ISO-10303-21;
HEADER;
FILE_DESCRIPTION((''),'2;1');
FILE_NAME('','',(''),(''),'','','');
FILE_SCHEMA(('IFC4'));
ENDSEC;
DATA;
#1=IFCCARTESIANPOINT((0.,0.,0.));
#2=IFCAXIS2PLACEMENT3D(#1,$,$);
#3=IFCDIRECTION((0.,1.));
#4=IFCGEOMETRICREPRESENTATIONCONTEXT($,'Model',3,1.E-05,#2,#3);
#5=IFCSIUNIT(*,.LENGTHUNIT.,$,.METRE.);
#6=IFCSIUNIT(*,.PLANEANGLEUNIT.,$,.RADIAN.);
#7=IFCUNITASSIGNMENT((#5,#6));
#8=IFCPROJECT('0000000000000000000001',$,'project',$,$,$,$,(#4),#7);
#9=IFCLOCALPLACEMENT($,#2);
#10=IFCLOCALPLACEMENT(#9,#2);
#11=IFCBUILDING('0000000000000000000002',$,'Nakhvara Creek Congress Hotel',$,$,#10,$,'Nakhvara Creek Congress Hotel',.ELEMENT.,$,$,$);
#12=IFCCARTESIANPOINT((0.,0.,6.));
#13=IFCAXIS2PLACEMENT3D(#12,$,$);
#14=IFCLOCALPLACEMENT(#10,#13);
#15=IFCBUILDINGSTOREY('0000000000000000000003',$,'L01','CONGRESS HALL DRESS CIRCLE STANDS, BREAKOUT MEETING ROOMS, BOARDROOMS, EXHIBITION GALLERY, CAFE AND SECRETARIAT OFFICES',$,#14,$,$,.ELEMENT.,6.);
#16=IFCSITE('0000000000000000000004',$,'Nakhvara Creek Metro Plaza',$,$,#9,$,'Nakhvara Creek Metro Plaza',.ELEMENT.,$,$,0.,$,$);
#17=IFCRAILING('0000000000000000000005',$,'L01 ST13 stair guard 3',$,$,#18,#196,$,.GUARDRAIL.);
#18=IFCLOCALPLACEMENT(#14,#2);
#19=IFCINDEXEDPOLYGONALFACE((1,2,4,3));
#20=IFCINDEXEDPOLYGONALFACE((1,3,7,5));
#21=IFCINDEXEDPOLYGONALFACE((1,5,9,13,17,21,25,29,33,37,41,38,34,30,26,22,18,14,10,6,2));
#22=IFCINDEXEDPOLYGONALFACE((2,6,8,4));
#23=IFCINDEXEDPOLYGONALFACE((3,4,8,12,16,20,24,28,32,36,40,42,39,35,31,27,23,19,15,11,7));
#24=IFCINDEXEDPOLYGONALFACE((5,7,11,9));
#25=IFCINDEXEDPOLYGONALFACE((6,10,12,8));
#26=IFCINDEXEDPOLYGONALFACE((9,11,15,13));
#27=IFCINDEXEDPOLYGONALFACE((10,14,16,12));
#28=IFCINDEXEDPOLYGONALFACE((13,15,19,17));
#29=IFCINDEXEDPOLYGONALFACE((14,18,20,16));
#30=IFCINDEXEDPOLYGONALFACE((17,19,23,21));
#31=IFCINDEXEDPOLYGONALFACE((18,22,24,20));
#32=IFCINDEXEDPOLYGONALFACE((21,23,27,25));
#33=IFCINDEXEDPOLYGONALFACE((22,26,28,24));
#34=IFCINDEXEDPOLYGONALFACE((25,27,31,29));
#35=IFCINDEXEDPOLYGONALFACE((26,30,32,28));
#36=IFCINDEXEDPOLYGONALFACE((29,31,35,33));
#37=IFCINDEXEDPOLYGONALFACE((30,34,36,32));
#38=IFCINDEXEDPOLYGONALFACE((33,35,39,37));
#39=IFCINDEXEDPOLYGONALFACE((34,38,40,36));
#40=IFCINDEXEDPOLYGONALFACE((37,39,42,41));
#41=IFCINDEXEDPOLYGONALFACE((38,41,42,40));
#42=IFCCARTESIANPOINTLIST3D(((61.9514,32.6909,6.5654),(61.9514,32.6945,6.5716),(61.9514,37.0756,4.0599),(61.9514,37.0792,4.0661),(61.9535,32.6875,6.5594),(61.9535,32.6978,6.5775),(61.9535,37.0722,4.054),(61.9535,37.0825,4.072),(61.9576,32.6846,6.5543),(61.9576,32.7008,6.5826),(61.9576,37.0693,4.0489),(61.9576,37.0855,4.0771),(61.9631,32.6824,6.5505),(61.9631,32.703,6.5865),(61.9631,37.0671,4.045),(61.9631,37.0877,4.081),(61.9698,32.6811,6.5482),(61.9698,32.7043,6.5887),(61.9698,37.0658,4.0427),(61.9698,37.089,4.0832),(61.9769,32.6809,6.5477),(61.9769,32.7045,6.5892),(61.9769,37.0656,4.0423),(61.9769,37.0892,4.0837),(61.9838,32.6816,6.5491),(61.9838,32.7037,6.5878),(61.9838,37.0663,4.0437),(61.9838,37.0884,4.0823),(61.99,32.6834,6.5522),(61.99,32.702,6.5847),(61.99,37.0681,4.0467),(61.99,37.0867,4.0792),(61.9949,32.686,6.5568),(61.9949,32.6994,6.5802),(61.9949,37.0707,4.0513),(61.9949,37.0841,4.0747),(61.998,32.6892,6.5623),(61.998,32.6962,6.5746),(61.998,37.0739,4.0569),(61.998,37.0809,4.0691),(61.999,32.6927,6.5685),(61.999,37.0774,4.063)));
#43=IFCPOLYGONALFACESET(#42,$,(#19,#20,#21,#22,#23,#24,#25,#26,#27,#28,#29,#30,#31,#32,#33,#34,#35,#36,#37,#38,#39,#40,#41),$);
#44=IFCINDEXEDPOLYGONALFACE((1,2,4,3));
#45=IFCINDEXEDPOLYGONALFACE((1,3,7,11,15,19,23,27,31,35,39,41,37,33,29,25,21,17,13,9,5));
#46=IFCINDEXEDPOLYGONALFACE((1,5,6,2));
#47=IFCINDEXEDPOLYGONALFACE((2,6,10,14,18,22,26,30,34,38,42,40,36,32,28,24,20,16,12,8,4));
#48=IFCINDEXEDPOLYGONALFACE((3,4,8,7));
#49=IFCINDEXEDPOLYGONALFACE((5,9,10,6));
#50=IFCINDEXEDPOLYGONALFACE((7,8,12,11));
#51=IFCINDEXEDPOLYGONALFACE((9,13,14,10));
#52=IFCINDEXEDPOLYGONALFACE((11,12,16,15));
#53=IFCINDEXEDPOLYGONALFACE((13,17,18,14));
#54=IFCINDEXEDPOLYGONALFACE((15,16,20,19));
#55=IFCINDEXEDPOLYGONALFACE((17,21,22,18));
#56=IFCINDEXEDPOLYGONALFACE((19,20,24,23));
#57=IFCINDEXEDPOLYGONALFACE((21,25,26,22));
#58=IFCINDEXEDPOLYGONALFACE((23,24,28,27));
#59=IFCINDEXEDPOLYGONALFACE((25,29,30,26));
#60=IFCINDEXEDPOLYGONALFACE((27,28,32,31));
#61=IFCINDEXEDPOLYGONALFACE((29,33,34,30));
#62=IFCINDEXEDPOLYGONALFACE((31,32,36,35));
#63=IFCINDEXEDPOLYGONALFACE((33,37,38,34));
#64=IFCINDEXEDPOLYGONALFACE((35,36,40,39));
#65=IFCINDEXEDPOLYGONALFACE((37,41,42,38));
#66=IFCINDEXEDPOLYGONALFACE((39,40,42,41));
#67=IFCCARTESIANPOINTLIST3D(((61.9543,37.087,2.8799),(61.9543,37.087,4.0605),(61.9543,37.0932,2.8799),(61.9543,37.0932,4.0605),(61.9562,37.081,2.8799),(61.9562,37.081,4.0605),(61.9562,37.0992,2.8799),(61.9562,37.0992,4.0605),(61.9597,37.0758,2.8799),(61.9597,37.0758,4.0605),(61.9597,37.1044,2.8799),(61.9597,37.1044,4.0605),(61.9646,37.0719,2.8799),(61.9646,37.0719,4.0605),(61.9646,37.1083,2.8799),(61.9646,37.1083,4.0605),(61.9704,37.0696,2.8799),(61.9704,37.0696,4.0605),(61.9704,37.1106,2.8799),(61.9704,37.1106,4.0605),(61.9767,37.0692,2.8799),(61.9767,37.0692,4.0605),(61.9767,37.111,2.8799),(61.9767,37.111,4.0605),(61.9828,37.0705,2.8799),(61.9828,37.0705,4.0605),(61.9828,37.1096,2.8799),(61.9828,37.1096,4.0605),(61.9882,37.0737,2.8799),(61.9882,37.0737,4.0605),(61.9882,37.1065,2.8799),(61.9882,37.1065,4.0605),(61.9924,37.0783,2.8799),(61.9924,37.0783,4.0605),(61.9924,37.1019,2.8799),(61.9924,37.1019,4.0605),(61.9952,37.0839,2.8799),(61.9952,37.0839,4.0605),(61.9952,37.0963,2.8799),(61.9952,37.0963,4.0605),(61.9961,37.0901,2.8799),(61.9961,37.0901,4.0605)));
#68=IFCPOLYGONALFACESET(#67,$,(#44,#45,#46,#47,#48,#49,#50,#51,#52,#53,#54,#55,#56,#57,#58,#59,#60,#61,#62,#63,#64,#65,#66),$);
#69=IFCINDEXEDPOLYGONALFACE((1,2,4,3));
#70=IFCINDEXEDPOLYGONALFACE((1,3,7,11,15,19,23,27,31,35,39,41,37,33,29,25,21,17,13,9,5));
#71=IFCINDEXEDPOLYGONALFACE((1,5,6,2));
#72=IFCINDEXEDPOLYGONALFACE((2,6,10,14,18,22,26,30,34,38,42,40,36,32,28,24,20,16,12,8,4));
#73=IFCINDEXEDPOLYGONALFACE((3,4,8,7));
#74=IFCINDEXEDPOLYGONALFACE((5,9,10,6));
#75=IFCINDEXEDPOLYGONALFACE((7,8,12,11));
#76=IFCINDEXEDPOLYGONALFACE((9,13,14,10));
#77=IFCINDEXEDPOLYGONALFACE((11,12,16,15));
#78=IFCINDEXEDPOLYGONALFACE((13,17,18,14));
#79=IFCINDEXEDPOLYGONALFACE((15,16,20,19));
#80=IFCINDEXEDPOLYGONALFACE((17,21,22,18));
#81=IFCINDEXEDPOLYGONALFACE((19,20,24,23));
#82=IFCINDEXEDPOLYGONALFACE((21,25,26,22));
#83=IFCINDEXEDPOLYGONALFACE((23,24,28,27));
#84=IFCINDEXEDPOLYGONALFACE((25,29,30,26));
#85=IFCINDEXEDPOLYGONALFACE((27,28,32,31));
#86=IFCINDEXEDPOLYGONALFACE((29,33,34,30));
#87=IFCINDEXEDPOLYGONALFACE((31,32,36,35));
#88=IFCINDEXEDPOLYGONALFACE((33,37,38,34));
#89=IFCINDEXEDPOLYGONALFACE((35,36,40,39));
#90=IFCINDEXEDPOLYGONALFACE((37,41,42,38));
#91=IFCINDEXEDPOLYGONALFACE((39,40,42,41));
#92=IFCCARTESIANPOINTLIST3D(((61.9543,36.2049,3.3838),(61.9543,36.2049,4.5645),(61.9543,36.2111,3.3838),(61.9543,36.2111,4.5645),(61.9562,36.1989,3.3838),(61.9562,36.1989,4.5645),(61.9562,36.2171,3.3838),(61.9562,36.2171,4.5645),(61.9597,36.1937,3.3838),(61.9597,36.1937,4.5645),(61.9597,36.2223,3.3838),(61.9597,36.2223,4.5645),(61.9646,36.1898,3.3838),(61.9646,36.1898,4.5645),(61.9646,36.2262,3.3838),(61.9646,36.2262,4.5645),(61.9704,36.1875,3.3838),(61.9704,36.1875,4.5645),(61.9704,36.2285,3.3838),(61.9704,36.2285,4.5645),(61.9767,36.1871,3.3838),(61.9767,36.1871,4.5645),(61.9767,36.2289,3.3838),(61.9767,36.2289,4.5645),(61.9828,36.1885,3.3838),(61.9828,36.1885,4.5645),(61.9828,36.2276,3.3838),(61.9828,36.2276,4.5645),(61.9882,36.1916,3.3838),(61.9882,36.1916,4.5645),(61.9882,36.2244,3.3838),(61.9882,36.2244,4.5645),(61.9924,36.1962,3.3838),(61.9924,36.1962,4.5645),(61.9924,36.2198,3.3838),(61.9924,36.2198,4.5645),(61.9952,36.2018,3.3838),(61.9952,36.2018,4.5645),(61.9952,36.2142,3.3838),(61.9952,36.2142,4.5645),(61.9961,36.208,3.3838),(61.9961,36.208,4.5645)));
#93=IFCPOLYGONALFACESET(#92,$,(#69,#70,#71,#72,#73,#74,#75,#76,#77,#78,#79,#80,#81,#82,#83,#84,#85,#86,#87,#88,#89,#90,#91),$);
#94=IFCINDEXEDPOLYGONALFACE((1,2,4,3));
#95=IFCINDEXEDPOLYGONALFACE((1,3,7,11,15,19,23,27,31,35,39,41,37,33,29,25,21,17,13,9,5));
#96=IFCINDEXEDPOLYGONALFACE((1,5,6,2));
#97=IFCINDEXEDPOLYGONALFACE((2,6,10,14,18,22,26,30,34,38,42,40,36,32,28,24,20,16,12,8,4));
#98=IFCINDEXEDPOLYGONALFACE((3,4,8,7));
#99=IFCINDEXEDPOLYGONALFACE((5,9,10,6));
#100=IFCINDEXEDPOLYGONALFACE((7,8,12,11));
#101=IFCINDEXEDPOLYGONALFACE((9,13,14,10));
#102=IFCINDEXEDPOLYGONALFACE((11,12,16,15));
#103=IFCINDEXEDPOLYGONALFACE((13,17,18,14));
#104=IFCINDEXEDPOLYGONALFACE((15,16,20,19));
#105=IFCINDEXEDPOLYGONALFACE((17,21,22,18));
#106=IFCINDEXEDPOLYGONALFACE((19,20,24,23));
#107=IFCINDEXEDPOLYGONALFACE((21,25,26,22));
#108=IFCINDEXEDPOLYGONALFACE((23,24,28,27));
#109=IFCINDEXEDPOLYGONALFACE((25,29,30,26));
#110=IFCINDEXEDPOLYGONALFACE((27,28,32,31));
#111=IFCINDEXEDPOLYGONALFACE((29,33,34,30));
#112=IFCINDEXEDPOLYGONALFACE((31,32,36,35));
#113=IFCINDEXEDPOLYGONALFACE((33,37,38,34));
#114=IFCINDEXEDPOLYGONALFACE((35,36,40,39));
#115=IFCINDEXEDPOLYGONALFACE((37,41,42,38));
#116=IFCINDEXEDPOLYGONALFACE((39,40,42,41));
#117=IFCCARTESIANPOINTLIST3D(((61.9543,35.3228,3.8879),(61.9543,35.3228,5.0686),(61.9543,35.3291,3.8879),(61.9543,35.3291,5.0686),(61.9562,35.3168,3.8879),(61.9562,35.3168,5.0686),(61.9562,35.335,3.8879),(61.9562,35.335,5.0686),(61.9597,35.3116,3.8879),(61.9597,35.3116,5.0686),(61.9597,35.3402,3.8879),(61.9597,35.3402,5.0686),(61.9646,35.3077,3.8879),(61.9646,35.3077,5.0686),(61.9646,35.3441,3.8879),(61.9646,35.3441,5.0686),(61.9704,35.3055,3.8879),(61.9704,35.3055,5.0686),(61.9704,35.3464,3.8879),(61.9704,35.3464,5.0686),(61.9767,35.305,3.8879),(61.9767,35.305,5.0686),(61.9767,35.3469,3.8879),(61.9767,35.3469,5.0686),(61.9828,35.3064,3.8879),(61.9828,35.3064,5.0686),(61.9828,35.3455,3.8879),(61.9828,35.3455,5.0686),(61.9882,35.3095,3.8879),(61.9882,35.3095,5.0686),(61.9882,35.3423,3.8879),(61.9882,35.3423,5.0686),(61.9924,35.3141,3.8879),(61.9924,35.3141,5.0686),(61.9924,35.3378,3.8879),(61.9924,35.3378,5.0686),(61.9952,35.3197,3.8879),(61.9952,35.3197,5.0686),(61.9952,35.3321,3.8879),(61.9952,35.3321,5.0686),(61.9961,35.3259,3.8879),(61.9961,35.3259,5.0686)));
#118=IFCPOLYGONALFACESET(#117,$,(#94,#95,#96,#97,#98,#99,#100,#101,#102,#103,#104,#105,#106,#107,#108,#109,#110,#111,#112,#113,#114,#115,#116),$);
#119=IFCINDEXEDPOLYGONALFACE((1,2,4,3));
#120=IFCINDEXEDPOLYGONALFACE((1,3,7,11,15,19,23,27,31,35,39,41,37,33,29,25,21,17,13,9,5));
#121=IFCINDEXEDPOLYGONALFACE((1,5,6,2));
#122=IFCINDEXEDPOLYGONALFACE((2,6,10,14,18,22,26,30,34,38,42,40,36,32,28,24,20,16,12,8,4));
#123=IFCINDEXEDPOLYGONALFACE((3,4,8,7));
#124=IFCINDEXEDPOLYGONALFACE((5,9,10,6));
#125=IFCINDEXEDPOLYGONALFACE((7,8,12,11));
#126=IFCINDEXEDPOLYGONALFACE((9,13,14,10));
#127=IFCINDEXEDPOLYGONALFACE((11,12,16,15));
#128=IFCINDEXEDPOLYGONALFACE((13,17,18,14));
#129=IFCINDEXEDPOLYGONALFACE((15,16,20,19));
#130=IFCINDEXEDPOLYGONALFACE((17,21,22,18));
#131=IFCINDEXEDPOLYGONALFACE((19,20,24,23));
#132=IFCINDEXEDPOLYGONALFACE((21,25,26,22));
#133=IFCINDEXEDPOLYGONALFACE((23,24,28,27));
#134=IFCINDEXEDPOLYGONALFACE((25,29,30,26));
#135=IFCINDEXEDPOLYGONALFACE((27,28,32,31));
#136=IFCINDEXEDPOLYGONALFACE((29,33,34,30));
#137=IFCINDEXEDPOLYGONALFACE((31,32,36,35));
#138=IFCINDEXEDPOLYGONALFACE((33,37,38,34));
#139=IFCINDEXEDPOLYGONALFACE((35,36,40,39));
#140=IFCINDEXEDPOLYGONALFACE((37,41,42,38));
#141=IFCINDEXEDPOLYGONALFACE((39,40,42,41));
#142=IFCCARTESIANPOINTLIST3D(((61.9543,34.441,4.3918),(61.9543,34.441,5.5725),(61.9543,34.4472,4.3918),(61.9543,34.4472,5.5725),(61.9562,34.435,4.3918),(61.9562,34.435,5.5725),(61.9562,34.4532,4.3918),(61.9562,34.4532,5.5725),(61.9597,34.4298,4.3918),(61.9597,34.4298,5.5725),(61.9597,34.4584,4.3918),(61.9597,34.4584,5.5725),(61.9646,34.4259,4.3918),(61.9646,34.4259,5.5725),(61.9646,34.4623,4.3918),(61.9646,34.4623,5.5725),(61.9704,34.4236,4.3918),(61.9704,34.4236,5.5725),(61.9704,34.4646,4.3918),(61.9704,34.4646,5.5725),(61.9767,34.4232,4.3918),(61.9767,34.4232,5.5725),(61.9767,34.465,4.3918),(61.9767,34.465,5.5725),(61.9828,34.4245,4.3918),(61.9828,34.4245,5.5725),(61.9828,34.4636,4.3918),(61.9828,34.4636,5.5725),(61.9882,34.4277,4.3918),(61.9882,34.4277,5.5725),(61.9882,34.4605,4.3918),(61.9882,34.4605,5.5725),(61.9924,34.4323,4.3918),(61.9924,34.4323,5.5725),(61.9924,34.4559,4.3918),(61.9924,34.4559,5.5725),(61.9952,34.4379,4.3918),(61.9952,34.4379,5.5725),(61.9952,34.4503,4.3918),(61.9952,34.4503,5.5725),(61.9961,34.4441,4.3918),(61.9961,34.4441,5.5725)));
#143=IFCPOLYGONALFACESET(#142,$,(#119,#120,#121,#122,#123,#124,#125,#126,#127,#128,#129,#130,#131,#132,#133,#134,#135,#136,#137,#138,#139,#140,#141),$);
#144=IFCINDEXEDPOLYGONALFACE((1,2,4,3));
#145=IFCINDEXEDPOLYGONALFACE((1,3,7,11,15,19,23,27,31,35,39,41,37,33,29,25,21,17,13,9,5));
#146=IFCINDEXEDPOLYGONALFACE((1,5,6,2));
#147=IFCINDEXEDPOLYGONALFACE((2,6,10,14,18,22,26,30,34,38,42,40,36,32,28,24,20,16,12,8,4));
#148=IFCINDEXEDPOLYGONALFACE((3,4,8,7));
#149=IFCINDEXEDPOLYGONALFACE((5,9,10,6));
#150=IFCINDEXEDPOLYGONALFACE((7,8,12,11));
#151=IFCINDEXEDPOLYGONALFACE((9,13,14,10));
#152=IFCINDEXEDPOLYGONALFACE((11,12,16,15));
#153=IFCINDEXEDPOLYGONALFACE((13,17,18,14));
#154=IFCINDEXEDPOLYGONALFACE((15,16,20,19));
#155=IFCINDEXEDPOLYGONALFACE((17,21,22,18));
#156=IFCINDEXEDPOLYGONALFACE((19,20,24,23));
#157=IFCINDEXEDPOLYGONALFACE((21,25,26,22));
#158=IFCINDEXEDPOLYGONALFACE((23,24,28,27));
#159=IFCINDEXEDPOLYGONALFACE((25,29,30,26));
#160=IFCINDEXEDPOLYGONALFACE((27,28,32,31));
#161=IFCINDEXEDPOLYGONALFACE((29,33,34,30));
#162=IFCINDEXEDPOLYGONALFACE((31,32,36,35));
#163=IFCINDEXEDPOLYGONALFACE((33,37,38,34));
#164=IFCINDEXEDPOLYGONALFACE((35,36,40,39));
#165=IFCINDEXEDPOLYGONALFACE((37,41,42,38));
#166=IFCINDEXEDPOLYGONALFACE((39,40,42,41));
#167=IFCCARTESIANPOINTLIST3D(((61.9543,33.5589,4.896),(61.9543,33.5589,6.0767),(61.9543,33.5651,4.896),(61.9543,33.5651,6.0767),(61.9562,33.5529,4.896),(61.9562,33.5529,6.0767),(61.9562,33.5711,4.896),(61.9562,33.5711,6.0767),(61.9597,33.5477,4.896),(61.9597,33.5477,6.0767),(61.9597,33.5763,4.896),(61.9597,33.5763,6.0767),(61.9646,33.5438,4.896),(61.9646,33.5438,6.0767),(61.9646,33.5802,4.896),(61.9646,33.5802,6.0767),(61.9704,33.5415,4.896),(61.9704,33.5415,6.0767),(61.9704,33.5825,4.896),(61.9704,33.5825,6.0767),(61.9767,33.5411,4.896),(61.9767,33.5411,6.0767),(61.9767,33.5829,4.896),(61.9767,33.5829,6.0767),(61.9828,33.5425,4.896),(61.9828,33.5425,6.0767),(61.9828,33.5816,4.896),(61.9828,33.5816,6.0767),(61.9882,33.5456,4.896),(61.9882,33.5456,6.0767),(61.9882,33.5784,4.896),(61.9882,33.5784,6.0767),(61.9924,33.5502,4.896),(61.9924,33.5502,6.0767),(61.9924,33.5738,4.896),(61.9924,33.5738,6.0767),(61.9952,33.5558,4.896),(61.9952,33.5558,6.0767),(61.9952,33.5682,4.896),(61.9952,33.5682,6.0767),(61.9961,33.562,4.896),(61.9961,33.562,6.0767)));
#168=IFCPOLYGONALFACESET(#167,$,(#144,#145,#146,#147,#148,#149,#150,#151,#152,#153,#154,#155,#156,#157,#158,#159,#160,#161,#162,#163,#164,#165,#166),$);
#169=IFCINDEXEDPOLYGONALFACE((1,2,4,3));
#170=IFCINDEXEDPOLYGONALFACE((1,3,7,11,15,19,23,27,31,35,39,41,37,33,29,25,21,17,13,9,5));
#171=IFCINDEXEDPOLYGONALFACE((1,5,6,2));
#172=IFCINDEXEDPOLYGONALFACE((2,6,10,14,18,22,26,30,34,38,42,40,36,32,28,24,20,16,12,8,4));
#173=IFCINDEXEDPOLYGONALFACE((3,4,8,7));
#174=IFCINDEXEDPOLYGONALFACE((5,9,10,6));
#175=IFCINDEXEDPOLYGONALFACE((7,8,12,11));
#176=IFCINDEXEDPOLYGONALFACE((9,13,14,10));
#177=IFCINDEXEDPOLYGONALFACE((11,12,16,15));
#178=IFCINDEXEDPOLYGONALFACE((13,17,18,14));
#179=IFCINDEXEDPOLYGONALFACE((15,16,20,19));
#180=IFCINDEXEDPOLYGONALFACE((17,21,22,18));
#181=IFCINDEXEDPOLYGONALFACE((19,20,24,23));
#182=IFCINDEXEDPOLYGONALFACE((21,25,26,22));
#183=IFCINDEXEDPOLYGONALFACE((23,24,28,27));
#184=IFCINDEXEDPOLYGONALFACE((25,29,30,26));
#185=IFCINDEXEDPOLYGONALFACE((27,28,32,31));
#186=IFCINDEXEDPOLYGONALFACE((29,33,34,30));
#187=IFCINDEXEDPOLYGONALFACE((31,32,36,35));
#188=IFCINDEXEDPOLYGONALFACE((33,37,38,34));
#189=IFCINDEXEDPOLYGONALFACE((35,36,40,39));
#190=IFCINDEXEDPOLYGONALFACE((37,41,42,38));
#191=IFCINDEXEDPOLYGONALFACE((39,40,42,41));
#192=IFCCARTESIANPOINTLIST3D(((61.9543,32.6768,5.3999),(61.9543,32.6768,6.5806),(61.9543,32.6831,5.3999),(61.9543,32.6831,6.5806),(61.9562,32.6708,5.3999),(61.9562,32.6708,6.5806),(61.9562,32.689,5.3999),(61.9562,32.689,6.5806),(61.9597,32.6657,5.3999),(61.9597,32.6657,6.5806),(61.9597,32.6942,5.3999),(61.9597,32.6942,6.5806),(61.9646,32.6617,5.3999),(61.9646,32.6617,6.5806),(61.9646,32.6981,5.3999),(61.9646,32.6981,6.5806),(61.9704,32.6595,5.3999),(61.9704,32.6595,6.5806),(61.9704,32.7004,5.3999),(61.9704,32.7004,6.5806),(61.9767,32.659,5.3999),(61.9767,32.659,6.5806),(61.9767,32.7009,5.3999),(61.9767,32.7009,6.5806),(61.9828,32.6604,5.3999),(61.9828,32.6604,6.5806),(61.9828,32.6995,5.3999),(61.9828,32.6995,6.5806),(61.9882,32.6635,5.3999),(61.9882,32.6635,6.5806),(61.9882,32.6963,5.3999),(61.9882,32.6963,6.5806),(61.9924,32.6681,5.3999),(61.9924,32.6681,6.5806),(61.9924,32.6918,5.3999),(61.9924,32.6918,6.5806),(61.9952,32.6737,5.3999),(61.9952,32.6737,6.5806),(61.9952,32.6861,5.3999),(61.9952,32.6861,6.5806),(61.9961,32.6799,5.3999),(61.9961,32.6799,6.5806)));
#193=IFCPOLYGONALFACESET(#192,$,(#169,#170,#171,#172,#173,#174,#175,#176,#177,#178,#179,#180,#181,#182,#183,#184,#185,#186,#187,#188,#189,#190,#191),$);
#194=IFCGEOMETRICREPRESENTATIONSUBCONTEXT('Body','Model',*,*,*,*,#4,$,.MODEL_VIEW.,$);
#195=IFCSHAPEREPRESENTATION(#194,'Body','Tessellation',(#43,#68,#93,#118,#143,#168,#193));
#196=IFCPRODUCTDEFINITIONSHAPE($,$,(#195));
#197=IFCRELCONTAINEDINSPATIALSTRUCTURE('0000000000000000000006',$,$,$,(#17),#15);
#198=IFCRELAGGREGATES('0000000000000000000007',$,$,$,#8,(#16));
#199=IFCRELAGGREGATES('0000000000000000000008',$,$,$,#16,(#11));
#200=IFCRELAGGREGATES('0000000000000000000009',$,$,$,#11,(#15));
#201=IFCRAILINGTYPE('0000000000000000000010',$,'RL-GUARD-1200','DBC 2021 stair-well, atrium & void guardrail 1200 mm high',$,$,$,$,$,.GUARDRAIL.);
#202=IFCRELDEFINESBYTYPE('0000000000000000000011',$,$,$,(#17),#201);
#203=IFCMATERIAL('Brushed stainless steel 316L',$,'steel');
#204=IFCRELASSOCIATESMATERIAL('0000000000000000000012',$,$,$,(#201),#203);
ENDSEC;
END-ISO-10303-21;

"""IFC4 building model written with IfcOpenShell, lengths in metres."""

from ifc_helpers import new_model, si_unit, direction, frame, origin, origin_2d, place, context, subcontext, project, spatial, circle, extrude, material, type_object, element, save


model = new_model("IFC4")

# Units and contexts
model_context = context("Model", 3, precision=1e-05, world=origin(), true_north=direction((0.0, 1.0)))
body_context = subcontext(model_context, "Body", "Model", "MODEL_VIEW")
ifc_project = project(units=[si_unit("LENGTHUNIT", "METRE"), si_unit("PLANEANGLEUNIT", "RADIAN")], contexts=[model_context])

# Site, building, storey
site_placement = place(None, origin())
site = spatial("IfcSite", under=ifc_project, at=site_placement, Name="Nakhvara Creek Metro Plaza", LongName="Nakhvara Creek Metro Plaza", CompositionType="ELEMENT", RefElevation=0.0)
building_placement = place(site_placement, origin())
building = spatial("IfcBuilding", under=site, at=building_placement, Name="Nakhvara Creek Congress Hotel", LongName="Nakhvara Creek Congress Hotel", CompositionType="ELEMENT")
storey_placement = place(building_placement, frame((0.0, 0.0, 6.0)))
storey = spatial("IfcBuildingStorey", under=building, at=storey_placement, Name="L01", Description="CONGRESS HALL DRESS CIRCLE STANDS, BREAKOUT MEETING ROOMS, BOARDROOMS, EXHIBITION GALLERY, CAFE AND SECRETARIAT OFFICES", CompositionType="ELEMENT", Elevation=6.0)

# Railing
ifc_material_1 = material(Name="Brushed stainless steel 316L", Category="steel")
railing_type_1 = type_object("IfcRailingType", Name="RL-GUARD-1200", Description="DBC 2021 stair-well, atrium & void guardrail 1200 mm high", PredefinedType="GUARDRAIL", material=ifc_material_1)
railing_1_placement = place(storey_placement, frame((61.9751, 37.0901, 2.8799)))
element("IfcRailing", 1, at=railing_1_placement, inside=storey, type_object=railing_type_1, Name="L01 ST13 stair guard 3", PredefinedType="GUARDRAIL", context=body_context, shape_type="SweptSolid", body=[
    extrude(circle(Radius=0.0239, at=origin_2d()), frame((0.0, -0.0127, 1.1831), z_axis=(0.0, -0.868249, 0.496129), x_axis=(1.0, 0.0, 0.0)), (0.0, 0.0, 1.0), 5.05),
    extrude(circle(Radius=0.021, at=origin_2d()), origin(), (0.0, 0.0, 1.0), 1.1807),
    extrude(circle(Radius=0.021, at=origin_2d()), frame((0.0, -0.8821, 0.5039)), (0.0, 0.0, 1.0), 1.1807),
    extrude(circle(Radius=0.021, at=origin_2d()), frame((0.0, -1.7642, 1.0081)), (0.0, 0.0, 1.0), 1.1807),
    extrude(circle(Radius=0.021, at=origin_2d()), frame((0.0, -2.646, 1.512)), (0.0, 0.0, 1.0), 1.1807),
    extrude(circle(Radius=0.021, at=origin_2d()), frame((0.0, -3.5281, 2.0161)), (0.0, 0.0, 1.0), 1.1807),
    extrude(circle(Radius=0.021, at=origin_2d()), frame((0.0, -4.4102, 2.52)), (0.0, 0.0, 1.0), 1.1807),
])

save(model, "model.ifc")
